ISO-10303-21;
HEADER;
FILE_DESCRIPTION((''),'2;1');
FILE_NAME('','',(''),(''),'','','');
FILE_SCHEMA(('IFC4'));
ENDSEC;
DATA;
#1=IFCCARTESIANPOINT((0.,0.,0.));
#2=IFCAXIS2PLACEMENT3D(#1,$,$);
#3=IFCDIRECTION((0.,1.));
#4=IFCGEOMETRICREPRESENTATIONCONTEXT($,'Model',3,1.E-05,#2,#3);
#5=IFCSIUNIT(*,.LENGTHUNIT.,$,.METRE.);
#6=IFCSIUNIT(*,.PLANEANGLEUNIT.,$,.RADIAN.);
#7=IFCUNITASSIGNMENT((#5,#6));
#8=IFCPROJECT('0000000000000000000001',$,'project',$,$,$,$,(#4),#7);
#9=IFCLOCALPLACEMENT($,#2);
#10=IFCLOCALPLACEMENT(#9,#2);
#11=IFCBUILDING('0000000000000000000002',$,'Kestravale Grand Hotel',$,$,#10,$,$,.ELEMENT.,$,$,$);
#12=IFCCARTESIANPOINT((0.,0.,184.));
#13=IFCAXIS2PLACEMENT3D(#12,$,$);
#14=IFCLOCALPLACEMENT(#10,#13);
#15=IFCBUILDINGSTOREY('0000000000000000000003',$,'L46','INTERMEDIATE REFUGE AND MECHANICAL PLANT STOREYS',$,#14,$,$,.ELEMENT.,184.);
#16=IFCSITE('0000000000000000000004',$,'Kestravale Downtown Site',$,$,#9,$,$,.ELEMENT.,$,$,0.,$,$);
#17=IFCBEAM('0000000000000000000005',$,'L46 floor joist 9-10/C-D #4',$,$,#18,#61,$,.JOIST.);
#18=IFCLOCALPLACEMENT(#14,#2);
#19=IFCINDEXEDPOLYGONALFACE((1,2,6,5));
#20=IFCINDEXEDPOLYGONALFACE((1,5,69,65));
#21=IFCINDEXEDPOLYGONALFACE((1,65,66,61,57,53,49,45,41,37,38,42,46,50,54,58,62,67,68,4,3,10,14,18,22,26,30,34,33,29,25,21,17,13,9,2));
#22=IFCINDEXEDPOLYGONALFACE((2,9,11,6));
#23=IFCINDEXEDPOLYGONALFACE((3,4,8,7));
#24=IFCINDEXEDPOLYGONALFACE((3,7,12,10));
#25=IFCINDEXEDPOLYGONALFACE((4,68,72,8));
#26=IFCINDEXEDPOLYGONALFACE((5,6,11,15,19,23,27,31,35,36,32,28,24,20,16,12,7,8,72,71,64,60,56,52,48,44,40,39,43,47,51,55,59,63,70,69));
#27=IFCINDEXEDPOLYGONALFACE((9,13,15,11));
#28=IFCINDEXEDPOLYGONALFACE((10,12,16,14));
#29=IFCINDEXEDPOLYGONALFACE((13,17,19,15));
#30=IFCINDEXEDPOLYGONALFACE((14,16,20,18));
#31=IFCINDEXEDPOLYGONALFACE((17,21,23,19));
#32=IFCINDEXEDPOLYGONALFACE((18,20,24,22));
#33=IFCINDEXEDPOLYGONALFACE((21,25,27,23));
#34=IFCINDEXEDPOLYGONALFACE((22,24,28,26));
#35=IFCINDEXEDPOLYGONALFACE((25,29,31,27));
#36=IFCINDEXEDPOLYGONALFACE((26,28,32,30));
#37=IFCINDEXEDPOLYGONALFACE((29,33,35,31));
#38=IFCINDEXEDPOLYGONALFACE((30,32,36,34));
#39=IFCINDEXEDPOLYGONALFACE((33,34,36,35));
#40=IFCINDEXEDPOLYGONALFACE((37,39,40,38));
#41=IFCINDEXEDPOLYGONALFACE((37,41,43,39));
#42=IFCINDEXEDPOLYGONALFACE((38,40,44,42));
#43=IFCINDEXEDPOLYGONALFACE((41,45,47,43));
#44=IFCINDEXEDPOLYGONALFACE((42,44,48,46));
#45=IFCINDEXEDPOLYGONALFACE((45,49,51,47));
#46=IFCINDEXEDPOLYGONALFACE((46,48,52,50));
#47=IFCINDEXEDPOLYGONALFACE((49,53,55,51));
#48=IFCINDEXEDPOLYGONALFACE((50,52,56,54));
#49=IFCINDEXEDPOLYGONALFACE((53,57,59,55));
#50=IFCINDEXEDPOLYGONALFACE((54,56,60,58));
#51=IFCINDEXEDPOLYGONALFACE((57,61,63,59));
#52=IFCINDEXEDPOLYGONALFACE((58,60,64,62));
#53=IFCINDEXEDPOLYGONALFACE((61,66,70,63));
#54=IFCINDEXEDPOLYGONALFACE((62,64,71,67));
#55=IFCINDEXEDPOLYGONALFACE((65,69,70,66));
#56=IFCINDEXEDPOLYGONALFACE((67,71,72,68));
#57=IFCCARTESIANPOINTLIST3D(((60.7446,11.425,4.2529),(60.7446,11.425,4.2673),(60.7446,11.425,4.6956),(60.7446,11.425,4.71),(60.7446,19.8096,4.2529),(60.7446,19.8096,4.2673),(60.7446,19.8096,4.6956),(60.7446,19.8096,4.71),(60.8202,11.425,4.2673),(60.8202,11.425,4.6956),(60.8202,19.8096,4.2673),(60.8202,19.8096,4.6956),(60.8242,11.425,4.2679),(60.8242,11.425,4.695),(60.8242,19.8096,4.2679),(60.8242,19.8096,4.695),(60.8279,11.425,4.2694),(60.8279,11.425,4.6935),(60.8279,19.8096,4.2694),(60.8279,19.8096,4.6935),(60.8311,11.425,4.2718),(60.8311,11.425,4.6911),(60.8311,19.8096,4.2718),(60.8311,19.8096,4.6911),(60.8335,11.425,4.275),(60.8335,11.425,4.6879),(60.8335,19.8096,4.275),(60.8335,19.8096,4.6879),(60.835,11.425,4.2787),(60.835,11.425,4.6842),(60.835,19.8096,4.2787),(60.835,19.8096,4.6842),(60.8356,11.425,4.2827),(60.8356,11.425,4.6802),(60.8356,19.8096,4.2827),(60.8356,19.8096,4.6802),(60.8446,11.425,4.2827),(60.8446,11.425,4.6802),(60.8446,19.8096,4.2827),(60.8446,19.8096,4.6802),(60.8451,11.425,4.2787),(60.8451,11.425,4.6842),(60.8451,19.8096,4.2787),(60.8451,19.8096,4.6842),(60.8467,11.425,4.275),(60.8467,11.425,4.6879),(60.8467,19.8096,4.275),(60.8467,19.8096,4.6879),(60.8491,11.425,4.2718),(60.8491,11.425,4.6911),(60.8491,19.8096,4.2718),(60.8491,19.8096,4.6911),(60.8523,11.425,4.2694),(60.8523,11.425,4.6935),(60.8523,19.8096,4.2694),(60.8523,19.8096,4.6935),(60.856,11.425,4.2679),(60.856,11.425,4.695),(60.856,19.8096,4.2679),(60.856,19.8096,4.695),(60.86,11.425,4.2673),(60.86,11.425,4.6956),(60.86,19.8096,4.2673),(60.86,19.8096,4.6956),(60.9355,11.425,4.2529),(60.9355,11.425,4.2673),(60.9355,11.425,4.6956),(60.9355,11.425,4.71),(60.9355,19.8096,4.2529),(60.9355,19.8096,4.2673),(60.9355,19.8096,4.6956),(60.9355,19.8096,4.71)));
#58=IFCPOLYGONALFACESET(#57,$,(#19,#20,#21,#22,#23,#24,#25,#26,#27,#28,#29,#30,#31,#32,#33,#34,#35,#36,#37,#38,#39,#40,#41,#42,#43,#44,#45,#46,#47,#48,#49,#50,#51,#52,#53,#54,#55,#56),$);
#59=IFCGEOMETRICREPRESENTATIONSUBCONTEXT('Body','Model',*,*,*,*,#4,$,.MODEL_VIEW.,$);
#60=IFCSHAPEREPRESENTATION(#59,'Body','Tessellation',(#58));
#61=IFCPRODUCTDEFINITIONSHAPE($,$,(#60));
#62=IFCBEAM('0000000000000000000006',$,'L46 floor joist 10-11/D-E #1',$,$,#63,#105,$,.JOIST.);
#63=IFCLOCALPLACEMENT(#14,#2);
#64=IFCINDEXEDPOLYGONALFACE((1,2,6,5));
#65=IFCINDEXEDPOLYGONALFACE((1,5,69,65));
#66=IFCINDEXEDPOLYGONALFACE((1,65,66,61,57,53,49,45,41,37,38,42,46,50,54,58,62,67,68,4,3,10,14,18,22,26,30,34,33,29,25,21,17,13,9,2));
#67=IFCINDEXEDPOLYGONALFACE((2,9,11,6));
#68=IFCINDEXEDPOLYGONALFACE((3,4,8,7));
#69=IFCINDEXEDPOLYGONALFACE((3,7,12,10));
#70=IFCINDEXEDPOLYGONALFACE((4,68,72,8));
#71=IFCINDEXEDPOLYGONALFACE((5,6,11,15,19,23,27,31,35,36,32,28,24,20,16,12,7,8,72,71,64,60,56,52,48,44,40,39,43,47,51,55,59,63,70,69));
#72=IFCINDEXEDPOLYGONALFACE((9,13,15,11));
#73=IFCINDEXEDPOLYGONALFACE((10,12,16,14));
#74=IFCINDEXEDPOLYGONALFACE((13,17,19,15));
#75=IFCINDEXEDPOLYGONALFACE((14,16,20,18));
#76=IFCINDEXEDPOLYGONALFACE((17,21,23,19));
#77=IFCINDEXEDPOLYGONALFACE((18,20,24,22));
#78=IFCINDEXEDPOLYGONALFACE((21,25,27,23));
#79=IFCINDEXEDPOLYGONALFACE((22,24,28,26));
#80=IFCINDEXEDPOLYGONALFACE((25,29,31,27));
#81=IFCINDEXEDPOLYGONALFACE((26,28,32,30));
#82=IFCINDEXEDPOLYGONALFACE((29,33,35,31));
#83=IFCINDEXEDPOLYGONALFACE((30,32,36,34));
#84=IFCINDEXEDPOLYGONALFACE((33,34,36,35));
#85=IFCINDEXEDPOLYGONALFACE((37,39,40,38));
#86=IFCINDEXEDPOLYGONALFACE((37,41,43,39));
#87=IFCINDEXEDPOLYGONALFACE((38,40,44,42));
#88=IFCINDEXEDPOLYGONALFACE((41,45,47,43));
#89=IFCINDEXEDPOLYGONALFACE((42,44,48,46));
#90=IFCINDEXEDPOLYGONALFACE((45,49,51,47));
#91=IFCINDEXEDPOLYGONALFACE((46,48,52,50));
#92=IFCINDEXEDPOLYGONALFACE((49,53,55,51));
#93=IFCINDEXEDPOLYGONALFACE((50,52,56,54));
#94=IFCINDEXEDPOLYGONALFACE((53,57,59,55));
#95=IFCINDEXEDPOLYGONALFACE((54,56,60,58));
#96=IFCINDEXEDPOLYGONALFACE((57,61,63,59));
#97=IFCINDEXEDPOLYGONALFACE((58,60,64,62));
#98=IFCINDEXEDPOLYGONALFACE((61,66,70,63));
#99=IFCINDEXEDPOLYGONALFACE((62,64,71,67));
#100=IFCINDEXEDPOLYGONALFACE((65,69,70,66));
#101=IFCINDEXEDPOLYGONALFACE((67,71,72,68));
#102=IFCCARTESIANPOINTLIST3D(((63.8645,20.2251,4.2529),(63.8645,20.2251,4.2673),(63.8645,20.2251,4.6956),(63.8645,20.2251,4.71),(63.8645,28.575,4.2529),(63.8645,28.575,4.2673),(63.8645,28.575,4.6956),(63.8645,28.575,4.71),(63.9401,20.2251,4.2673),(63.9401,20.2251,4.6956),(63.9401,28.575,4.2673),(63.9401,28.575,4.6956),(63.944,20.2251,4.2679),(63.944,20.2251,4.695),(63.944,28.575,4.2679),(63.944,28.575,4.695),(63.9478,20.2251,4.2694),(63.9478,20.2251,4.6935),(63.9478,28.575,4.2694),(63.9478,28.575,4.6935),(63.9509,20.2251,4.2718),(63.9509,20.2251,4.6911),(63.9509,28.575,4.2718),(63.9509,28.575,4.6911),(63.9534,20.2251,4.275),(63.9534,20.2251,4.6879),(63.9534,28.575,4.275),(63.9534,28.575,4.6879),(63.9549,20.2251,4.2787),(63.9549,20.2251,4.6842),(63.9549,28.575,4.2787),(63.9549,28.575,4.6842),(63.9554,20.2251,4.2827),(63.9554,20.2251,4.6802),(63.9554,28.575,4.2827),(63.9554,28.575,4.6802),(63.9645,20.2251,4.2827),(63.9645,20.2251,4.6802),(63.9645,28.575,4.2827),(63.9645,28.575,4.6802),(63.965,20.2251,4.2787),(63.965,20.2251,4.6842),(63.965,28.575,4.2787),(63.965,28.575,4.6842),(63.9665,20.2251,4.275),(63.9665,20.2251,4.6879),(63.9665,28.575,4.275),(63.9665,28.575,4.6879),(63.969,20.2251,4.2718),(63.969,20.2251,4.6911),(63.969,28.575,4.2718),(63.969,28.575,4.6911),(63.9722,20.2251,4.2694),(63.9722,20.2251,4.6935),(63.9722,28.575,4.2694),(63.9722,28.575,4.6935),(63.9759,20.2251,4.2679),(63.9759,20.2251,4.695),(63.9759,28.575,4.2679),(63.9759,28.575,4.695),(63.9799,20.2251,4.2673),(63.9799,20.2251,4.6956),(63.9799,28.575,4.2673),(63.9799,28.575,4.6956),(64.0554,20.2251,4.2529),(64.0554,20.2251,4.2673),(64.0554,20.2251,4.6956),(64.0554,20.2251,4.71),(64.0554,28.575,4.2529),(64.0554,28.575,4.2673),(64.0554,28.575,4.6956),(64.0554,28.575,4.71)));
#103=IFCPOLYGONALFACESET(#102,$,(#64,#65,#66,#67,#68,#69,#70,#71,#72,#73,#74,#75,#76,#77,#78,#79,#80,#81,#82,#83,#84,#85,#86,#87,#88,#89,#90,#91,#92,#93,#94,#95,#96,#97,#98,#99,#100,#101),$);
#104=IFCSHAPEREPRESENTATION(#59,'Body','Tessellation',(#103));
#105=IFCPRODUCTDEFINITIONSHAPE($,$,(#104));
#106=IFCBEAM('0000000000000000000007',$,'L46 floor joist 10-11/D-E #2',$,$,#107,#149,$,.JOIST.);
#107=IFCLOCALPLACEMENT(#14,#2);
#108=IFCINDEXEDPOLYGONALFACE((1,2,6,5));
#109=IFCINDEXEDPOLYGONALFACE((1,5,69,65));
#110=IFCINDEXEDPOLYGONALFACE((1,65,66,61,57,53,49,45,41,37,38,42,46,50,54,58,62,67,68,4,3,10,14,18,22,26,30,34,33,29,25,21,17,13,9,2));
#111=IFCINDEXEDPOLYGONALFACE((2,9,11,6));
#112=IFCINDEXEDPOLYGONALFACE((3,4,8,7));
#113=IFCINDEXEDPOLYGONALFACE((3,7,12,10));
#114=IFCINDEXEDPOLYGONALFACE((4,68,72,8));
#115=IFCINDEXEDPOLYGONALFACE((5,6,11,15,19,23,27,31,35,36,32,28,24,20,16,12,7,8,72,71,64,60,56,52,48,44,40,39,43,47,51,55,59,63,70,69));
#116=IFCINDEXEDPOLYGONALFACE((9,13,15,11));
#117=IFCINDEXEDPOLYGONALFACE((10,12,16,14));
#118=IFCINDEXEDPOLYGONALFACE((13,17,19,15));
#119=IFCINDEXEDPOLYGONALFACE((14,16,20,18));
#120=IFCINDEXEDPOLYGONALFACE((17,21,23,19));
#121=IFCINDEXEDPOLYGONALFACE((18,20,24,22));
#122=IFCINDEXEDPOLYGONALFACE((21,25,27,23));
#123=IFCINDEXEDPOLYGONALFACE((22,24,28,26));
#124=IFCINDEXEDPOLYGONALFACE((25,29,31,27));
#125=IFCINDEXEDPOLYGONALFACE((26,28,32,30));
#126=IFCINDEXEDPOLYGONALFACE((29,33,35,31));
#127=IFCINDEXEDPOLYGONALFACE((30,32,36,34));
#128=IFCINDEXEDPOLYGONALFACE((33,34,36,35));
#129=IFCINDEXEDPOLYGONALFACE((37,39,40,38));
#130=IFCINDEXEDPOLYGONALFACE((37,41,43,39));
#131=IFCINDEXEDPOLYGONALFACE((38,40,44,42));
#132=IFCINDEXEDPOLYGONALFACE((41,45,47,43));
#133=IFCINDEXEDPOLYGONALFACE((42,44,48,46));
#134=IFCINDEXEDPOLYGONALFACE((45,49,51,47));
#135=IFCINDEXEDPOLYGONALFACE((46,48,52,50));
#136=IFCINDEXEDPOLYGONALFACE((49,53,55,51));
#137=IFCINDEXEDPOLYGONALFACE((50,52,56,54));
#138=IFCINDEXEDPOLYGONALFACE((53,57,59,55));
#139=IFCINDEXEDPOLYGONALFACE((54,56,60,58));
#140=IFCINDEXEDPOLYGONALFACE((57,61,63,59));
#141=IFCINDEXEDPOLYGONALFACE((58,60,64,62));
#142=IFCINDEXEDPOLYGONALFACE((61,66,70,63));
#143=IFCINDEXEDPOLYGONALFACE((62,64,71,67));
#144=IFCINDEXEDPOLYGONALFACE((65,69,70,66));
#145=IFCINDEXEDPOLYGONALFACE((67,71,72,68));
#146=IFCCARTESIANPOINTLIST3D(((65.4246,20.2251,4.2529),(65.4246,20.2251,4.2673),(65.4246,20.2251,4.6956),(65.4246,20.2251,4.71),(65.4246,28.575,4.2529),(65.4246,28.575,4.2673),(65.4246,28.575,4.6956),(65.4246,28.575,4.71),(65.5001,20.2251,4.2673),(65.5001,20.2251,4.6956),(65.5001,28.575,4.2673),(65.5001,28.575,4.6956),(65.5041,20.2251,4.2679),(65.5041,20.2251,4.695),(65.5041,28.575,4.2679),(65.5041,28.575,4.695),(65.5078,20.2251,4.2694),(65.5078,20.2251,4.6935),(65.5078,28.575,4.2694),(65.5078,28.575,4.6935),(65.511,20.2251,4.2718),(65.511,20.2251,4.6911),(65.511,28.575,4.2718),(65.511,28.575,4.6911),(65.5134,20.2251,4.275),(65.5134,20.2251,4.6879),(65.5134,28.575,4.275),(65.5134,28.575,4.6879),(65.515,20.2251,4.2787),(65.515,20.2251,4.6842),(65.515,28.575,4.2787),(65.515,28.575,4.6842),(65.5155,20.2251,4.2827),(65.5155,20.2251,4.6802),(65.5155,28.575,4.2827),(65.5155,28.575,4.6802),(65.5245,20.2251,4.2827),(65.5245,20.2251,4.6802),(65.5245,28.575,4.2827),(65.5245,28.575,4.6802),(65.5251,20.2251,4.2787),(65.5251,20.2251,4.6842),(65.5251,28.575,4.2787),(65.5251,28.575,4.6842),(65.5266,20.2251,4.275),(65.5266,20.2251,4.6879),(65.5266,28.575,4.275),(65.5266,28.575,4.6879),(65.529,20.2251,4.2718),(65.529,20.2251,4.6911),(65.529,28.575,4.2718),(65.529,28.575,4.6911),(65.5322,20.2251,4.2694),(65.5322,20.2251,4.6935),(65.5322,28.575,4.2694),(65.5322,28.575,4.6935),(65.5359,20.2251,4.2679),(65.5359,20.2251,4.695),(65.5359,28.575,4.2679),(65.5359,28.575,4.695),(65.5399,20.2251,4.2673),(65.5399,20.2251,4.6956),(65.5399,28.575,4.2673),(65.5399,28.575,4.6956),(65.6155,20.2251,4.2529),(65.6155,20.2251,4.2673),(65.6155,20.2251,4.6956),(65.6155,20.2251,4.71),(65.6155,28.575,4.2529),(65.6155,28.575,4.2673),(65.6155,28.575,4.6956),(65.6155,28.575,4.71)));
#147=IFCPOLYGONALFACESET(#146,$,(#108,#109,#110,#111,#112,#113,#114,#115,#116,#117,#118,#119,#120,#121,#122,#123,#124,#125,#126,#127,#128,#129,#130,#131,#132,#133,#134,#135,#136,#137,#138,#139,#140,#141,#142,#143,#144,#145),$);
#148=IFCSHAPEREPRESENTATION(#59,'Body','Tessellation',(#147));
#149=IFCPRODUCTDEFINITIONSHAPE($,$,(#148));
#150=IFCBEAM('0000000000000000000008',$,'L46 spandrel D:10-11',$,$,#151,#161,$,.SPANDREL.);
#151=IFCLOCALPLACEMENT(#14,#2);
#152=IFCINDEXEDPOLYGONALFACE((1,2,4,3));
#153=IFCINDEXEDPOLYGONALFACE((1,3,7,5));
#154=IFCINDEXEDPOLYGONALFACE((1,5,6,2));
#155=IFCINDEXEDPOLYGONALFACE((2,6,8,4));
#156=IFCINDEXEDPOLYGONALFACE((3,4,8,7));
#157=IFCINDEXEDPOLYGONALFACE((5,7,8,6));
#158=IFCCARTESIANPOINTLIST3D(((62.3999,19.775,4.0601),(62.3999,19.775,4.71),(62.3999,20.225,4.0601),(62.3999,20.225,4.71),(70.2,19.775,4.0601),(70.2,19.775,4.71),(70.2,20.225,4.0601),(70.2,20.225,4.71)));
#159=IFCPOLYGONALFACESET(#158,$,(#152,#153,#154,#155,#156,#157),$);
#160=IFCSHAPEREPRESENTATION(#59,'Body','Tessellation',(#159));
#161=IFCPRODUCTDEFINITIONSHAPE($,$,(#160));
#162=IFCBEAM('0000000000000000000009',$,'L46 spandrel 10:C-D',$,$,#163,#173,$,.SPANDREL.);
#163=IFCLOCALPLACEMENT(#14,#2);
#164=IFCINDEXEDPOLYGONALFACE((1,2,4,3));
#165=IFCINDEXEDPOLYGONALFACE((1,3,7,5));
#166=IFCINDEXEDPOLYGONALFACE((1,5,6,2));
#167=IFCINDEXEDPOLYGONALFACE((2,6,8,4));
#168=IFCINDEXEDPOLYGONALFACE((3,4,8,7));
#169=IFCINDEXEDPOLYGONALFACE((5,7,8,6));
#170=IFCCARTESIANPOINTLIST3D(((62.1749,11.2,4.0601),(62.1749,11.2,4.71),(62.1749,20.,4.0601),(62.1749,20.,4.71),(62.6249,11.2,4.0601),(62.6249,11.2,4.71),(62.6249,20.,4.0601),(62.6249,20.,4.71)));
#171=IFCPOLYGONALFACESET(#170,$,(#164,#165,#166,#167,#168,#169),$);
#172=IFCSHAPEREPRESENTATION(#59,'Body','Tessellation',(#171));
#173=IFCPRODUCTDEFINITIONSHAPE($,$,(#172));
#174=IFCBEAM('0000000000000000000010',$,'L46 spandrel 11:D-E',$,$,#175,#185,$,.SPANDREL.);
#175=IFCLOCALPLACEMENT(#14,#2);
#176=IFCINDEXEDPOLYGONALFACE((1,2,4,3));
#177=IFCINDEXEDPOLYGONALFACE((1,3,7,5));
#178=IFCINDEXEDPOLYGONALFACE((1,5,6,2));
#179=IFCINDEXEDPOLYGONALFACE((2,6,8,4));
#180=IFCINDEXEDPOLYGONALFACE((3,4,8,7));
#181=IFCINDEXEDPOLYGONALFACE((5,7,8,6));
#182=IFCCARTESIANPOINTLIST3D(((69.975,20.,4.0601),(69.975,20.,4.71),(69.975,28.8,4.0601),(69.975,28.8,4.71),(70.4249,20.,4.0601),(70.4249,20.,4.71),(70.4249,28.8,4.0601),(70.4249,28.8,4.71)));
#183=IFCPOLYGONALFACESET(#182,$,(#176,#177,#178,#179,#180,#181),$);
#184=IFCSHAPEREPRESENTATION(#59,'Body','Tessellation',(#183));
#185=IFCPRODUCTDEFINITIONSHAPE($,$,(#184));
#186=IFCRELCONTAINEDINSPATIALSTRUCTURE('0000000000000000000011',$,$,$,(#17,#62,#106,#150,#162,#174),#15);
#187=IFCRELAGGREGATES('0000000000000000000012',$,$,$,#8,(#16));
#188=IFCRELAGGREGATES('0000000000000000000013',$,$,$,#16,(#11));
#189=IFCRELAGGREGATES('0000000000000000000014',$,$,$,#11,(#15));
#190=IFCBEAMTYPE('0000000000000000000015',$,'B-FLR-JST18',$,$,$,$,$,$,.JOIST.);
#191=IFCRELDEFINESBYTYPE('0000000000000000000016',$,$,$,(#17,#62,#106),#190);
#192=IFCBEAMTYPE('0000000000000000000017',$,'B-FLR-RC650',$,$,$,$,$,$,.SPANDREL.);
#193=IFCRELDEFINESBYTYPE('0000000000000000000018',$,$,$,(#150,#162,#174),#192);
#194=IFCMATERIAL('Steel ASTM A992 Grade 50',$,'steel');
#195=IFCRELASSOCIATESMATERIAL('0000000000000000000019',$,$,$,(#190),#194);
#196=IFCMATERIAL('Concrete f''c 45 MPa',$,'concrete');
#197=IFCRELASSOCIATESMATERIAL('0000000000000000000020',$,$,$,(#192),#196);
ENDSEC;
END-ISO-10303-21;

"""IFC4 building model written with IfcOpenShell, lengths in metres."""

from ifc_helpers import new_model, si_unit, direction, frame, origin, origin_2d, place, context, subcontext, project, spatial, rectangle, i_section, extrude, material, material_profile, profile_set, type_object, element, save


model = new_model("IFC4")

# Units and contexts
model_context = context("Model", 3, precision=1e-05, world=origin(), true_north=direction((0.0, 1.0)))
body_context = subcontext(model_context, "Body", "Model", "MODEL_VIEW")
ifc_project = project(units=[si_unit("LENGTHUNIT", "METRE"), si_unit("PLANEANGLEUNIT", "RADIAN")], contexts=[model_context])

# Site, building, storey
site_placement = place(None, origin())
site = spatial("IfcSite", under=ifc_project, at=site_placement, Name="Kestravale Downtown Site", CompositionType="ELEMENT", RefElevation=0.0)
building_placement = place(site_placement, origin())
building = spatial("IfcBuilding", under=site, at=building_placement, Name="Kestravale Grand Hotel", CompositionType="ELEMENT")
storey_placement = place(building_placement, frame((0.0, 0.0, 184.0)))
storey = spatial("IfcBuildingStorey", under=building, at=storey_placement, Name="L46", Description="INTERMEDIATE REFUGE AND MECHANICAL PLANT STOREYS", CompositionType="ELEMENT", Elevation=184.0)

# Beams
ifc_material_1 = material(Name="Steel ASTM A992 Grade 50", Category="steel")
ifc_material_profile_1 = material_profile(ifc_material_1, i_section(OverallWidth=0.1909, OverallDepth=0.457, WebThickness=0.009, FlangeThickness=0.0144, FilletRadius=0.0154, at=origin_2d()))
ifc_profile_set_1 = profile_set([ifc_material_profile_1], Name="Steel ASTM A992 Grade 50")
beam_type_1 = type_object("IfcBeamType", Name="B-FLR-JST18", PredefinedType="JOIST", material=ifc_profile_set_1)
for number, where, z_axis, x_axis, name in (
    (1, (60.8401, 11.425, 4.4814), (0.0, 1.0, 0.0), (-1.0, 0.0, 0.0), "L46 floor joist 9-10/C-D #4"),
):
    element("IfcBeam", number, at=place(storey_placement, frame(where, z_axis=z_axis, x_axis=x_axis)), inside=storey, type_object=beam_type_1, Name=name, PredefinedType="JOIST", context=body_context, shape_type="SweptSolid", body=[
        extrude(i_section(OverallWidth=0.1909, OverallDepth=0.457, WebThickness=0.009, FlangeThickness=0.0144, FilletRadius=0.0154, at=origin_2d()), origin(), (0.0, 0.0, 1.0), 8.3845),
    ])
for number, where, z_axis, x_axis, name in (
    (2, (63.96, 20.2251, 4.4814), (0.0, 1.0, 0.0), (-1.0, 0.0, 0.0), "L46 floor joist 10-11/D-E #1"),
    (3, (65.52, 20.2251, 4.4814), (0.0, 1.0, 0.0), (-1.0, 0.0, 0.0), "L46 floor joist 10-11/D-E #2"),
):
    element("IfcBeam", number, at=place(storey_placement, frame(where, z_axis=z_axis, x_axis=x_axis)), inside=storey, type_object=beam_type_1, Name=name, PredefinedType="JOIST", context=body_context, shape_type="SweptSolid", body=[
        extrude(i_section(OverallWidth=0.1909, OverallDepth=0.457, WebThickness=0.009, FlangeThickness=0.0144, FilletRadius=0.0154, at=origin_2d()), origin(), (0.0, 0.0, 1.0), 8.3499),
    ])
ifc_material_2 = material(Name="Concrete f'c 45 MPa", Category="concrete")
ifc_material_profile_2 = material_profile(ifc_material_2, rectangle(XDim=0.45, YDim=0.6499, at=origin_2d()))
ifc_profile_set_2 = profile_set([ifc_material_profile_2], Name="Concrete f'c 45 MPa")
beam_type_2 = type_object("IfcBeamType", Name="B-FLR-RC650", PredefinedType="SPANDREL", material=ifc_profile_set_2)
beam_1_placement = place(storey_placement, frame((62.3999, 20.0, 4.385), z_axis=(1.0, 0.0, 0.0), x_axis=(0.0, 1.0, 0.0)))
element("IfcBeam", 4, at=beam_1_placement, inside=storey, type_object=beam_type_2, Name="L46 spandrel D:10-11", PredefinedType="SPANDREL", context=body_context, shape_type="SweptSolid", body=[
    extrude(rectangle(XDim=0.45, YDim=0.6499, at=origin_2d()), origin(), (0.0, 0.0, 1.0), 7.8),
])
for number, where, z_axis, x_axis, name in (
    (5, (62.3999, 11.2, 4.385), (0.0, 1.0, 0.0), (-1.0, 0.0, 0.0), "L46 spandrel 10:C-D"),
    (6, (70.2, 20.0, 4.385), (0.0, 1.0, 0.0), (-1.0, 0.0, 0.0), "L46 spandrel 11:D-E"),
):
    element("IfcBeam", number, at=place(storey_placement, frame(where, z_axis=z_axis, x_axis=x_axis)), inside=storey, type_object=beam_type_2, Name=name, PredefinedType="SPANDREL", context=body_context, shape_type="SweptSolid", body=[
        extrude(rectangle(XDim=0.45, YDim=0.6499, at=origin_2d()), origin(), (0.0, 0.0, 1.0), 8.8),
    ])

save(model, "model.ifc")
